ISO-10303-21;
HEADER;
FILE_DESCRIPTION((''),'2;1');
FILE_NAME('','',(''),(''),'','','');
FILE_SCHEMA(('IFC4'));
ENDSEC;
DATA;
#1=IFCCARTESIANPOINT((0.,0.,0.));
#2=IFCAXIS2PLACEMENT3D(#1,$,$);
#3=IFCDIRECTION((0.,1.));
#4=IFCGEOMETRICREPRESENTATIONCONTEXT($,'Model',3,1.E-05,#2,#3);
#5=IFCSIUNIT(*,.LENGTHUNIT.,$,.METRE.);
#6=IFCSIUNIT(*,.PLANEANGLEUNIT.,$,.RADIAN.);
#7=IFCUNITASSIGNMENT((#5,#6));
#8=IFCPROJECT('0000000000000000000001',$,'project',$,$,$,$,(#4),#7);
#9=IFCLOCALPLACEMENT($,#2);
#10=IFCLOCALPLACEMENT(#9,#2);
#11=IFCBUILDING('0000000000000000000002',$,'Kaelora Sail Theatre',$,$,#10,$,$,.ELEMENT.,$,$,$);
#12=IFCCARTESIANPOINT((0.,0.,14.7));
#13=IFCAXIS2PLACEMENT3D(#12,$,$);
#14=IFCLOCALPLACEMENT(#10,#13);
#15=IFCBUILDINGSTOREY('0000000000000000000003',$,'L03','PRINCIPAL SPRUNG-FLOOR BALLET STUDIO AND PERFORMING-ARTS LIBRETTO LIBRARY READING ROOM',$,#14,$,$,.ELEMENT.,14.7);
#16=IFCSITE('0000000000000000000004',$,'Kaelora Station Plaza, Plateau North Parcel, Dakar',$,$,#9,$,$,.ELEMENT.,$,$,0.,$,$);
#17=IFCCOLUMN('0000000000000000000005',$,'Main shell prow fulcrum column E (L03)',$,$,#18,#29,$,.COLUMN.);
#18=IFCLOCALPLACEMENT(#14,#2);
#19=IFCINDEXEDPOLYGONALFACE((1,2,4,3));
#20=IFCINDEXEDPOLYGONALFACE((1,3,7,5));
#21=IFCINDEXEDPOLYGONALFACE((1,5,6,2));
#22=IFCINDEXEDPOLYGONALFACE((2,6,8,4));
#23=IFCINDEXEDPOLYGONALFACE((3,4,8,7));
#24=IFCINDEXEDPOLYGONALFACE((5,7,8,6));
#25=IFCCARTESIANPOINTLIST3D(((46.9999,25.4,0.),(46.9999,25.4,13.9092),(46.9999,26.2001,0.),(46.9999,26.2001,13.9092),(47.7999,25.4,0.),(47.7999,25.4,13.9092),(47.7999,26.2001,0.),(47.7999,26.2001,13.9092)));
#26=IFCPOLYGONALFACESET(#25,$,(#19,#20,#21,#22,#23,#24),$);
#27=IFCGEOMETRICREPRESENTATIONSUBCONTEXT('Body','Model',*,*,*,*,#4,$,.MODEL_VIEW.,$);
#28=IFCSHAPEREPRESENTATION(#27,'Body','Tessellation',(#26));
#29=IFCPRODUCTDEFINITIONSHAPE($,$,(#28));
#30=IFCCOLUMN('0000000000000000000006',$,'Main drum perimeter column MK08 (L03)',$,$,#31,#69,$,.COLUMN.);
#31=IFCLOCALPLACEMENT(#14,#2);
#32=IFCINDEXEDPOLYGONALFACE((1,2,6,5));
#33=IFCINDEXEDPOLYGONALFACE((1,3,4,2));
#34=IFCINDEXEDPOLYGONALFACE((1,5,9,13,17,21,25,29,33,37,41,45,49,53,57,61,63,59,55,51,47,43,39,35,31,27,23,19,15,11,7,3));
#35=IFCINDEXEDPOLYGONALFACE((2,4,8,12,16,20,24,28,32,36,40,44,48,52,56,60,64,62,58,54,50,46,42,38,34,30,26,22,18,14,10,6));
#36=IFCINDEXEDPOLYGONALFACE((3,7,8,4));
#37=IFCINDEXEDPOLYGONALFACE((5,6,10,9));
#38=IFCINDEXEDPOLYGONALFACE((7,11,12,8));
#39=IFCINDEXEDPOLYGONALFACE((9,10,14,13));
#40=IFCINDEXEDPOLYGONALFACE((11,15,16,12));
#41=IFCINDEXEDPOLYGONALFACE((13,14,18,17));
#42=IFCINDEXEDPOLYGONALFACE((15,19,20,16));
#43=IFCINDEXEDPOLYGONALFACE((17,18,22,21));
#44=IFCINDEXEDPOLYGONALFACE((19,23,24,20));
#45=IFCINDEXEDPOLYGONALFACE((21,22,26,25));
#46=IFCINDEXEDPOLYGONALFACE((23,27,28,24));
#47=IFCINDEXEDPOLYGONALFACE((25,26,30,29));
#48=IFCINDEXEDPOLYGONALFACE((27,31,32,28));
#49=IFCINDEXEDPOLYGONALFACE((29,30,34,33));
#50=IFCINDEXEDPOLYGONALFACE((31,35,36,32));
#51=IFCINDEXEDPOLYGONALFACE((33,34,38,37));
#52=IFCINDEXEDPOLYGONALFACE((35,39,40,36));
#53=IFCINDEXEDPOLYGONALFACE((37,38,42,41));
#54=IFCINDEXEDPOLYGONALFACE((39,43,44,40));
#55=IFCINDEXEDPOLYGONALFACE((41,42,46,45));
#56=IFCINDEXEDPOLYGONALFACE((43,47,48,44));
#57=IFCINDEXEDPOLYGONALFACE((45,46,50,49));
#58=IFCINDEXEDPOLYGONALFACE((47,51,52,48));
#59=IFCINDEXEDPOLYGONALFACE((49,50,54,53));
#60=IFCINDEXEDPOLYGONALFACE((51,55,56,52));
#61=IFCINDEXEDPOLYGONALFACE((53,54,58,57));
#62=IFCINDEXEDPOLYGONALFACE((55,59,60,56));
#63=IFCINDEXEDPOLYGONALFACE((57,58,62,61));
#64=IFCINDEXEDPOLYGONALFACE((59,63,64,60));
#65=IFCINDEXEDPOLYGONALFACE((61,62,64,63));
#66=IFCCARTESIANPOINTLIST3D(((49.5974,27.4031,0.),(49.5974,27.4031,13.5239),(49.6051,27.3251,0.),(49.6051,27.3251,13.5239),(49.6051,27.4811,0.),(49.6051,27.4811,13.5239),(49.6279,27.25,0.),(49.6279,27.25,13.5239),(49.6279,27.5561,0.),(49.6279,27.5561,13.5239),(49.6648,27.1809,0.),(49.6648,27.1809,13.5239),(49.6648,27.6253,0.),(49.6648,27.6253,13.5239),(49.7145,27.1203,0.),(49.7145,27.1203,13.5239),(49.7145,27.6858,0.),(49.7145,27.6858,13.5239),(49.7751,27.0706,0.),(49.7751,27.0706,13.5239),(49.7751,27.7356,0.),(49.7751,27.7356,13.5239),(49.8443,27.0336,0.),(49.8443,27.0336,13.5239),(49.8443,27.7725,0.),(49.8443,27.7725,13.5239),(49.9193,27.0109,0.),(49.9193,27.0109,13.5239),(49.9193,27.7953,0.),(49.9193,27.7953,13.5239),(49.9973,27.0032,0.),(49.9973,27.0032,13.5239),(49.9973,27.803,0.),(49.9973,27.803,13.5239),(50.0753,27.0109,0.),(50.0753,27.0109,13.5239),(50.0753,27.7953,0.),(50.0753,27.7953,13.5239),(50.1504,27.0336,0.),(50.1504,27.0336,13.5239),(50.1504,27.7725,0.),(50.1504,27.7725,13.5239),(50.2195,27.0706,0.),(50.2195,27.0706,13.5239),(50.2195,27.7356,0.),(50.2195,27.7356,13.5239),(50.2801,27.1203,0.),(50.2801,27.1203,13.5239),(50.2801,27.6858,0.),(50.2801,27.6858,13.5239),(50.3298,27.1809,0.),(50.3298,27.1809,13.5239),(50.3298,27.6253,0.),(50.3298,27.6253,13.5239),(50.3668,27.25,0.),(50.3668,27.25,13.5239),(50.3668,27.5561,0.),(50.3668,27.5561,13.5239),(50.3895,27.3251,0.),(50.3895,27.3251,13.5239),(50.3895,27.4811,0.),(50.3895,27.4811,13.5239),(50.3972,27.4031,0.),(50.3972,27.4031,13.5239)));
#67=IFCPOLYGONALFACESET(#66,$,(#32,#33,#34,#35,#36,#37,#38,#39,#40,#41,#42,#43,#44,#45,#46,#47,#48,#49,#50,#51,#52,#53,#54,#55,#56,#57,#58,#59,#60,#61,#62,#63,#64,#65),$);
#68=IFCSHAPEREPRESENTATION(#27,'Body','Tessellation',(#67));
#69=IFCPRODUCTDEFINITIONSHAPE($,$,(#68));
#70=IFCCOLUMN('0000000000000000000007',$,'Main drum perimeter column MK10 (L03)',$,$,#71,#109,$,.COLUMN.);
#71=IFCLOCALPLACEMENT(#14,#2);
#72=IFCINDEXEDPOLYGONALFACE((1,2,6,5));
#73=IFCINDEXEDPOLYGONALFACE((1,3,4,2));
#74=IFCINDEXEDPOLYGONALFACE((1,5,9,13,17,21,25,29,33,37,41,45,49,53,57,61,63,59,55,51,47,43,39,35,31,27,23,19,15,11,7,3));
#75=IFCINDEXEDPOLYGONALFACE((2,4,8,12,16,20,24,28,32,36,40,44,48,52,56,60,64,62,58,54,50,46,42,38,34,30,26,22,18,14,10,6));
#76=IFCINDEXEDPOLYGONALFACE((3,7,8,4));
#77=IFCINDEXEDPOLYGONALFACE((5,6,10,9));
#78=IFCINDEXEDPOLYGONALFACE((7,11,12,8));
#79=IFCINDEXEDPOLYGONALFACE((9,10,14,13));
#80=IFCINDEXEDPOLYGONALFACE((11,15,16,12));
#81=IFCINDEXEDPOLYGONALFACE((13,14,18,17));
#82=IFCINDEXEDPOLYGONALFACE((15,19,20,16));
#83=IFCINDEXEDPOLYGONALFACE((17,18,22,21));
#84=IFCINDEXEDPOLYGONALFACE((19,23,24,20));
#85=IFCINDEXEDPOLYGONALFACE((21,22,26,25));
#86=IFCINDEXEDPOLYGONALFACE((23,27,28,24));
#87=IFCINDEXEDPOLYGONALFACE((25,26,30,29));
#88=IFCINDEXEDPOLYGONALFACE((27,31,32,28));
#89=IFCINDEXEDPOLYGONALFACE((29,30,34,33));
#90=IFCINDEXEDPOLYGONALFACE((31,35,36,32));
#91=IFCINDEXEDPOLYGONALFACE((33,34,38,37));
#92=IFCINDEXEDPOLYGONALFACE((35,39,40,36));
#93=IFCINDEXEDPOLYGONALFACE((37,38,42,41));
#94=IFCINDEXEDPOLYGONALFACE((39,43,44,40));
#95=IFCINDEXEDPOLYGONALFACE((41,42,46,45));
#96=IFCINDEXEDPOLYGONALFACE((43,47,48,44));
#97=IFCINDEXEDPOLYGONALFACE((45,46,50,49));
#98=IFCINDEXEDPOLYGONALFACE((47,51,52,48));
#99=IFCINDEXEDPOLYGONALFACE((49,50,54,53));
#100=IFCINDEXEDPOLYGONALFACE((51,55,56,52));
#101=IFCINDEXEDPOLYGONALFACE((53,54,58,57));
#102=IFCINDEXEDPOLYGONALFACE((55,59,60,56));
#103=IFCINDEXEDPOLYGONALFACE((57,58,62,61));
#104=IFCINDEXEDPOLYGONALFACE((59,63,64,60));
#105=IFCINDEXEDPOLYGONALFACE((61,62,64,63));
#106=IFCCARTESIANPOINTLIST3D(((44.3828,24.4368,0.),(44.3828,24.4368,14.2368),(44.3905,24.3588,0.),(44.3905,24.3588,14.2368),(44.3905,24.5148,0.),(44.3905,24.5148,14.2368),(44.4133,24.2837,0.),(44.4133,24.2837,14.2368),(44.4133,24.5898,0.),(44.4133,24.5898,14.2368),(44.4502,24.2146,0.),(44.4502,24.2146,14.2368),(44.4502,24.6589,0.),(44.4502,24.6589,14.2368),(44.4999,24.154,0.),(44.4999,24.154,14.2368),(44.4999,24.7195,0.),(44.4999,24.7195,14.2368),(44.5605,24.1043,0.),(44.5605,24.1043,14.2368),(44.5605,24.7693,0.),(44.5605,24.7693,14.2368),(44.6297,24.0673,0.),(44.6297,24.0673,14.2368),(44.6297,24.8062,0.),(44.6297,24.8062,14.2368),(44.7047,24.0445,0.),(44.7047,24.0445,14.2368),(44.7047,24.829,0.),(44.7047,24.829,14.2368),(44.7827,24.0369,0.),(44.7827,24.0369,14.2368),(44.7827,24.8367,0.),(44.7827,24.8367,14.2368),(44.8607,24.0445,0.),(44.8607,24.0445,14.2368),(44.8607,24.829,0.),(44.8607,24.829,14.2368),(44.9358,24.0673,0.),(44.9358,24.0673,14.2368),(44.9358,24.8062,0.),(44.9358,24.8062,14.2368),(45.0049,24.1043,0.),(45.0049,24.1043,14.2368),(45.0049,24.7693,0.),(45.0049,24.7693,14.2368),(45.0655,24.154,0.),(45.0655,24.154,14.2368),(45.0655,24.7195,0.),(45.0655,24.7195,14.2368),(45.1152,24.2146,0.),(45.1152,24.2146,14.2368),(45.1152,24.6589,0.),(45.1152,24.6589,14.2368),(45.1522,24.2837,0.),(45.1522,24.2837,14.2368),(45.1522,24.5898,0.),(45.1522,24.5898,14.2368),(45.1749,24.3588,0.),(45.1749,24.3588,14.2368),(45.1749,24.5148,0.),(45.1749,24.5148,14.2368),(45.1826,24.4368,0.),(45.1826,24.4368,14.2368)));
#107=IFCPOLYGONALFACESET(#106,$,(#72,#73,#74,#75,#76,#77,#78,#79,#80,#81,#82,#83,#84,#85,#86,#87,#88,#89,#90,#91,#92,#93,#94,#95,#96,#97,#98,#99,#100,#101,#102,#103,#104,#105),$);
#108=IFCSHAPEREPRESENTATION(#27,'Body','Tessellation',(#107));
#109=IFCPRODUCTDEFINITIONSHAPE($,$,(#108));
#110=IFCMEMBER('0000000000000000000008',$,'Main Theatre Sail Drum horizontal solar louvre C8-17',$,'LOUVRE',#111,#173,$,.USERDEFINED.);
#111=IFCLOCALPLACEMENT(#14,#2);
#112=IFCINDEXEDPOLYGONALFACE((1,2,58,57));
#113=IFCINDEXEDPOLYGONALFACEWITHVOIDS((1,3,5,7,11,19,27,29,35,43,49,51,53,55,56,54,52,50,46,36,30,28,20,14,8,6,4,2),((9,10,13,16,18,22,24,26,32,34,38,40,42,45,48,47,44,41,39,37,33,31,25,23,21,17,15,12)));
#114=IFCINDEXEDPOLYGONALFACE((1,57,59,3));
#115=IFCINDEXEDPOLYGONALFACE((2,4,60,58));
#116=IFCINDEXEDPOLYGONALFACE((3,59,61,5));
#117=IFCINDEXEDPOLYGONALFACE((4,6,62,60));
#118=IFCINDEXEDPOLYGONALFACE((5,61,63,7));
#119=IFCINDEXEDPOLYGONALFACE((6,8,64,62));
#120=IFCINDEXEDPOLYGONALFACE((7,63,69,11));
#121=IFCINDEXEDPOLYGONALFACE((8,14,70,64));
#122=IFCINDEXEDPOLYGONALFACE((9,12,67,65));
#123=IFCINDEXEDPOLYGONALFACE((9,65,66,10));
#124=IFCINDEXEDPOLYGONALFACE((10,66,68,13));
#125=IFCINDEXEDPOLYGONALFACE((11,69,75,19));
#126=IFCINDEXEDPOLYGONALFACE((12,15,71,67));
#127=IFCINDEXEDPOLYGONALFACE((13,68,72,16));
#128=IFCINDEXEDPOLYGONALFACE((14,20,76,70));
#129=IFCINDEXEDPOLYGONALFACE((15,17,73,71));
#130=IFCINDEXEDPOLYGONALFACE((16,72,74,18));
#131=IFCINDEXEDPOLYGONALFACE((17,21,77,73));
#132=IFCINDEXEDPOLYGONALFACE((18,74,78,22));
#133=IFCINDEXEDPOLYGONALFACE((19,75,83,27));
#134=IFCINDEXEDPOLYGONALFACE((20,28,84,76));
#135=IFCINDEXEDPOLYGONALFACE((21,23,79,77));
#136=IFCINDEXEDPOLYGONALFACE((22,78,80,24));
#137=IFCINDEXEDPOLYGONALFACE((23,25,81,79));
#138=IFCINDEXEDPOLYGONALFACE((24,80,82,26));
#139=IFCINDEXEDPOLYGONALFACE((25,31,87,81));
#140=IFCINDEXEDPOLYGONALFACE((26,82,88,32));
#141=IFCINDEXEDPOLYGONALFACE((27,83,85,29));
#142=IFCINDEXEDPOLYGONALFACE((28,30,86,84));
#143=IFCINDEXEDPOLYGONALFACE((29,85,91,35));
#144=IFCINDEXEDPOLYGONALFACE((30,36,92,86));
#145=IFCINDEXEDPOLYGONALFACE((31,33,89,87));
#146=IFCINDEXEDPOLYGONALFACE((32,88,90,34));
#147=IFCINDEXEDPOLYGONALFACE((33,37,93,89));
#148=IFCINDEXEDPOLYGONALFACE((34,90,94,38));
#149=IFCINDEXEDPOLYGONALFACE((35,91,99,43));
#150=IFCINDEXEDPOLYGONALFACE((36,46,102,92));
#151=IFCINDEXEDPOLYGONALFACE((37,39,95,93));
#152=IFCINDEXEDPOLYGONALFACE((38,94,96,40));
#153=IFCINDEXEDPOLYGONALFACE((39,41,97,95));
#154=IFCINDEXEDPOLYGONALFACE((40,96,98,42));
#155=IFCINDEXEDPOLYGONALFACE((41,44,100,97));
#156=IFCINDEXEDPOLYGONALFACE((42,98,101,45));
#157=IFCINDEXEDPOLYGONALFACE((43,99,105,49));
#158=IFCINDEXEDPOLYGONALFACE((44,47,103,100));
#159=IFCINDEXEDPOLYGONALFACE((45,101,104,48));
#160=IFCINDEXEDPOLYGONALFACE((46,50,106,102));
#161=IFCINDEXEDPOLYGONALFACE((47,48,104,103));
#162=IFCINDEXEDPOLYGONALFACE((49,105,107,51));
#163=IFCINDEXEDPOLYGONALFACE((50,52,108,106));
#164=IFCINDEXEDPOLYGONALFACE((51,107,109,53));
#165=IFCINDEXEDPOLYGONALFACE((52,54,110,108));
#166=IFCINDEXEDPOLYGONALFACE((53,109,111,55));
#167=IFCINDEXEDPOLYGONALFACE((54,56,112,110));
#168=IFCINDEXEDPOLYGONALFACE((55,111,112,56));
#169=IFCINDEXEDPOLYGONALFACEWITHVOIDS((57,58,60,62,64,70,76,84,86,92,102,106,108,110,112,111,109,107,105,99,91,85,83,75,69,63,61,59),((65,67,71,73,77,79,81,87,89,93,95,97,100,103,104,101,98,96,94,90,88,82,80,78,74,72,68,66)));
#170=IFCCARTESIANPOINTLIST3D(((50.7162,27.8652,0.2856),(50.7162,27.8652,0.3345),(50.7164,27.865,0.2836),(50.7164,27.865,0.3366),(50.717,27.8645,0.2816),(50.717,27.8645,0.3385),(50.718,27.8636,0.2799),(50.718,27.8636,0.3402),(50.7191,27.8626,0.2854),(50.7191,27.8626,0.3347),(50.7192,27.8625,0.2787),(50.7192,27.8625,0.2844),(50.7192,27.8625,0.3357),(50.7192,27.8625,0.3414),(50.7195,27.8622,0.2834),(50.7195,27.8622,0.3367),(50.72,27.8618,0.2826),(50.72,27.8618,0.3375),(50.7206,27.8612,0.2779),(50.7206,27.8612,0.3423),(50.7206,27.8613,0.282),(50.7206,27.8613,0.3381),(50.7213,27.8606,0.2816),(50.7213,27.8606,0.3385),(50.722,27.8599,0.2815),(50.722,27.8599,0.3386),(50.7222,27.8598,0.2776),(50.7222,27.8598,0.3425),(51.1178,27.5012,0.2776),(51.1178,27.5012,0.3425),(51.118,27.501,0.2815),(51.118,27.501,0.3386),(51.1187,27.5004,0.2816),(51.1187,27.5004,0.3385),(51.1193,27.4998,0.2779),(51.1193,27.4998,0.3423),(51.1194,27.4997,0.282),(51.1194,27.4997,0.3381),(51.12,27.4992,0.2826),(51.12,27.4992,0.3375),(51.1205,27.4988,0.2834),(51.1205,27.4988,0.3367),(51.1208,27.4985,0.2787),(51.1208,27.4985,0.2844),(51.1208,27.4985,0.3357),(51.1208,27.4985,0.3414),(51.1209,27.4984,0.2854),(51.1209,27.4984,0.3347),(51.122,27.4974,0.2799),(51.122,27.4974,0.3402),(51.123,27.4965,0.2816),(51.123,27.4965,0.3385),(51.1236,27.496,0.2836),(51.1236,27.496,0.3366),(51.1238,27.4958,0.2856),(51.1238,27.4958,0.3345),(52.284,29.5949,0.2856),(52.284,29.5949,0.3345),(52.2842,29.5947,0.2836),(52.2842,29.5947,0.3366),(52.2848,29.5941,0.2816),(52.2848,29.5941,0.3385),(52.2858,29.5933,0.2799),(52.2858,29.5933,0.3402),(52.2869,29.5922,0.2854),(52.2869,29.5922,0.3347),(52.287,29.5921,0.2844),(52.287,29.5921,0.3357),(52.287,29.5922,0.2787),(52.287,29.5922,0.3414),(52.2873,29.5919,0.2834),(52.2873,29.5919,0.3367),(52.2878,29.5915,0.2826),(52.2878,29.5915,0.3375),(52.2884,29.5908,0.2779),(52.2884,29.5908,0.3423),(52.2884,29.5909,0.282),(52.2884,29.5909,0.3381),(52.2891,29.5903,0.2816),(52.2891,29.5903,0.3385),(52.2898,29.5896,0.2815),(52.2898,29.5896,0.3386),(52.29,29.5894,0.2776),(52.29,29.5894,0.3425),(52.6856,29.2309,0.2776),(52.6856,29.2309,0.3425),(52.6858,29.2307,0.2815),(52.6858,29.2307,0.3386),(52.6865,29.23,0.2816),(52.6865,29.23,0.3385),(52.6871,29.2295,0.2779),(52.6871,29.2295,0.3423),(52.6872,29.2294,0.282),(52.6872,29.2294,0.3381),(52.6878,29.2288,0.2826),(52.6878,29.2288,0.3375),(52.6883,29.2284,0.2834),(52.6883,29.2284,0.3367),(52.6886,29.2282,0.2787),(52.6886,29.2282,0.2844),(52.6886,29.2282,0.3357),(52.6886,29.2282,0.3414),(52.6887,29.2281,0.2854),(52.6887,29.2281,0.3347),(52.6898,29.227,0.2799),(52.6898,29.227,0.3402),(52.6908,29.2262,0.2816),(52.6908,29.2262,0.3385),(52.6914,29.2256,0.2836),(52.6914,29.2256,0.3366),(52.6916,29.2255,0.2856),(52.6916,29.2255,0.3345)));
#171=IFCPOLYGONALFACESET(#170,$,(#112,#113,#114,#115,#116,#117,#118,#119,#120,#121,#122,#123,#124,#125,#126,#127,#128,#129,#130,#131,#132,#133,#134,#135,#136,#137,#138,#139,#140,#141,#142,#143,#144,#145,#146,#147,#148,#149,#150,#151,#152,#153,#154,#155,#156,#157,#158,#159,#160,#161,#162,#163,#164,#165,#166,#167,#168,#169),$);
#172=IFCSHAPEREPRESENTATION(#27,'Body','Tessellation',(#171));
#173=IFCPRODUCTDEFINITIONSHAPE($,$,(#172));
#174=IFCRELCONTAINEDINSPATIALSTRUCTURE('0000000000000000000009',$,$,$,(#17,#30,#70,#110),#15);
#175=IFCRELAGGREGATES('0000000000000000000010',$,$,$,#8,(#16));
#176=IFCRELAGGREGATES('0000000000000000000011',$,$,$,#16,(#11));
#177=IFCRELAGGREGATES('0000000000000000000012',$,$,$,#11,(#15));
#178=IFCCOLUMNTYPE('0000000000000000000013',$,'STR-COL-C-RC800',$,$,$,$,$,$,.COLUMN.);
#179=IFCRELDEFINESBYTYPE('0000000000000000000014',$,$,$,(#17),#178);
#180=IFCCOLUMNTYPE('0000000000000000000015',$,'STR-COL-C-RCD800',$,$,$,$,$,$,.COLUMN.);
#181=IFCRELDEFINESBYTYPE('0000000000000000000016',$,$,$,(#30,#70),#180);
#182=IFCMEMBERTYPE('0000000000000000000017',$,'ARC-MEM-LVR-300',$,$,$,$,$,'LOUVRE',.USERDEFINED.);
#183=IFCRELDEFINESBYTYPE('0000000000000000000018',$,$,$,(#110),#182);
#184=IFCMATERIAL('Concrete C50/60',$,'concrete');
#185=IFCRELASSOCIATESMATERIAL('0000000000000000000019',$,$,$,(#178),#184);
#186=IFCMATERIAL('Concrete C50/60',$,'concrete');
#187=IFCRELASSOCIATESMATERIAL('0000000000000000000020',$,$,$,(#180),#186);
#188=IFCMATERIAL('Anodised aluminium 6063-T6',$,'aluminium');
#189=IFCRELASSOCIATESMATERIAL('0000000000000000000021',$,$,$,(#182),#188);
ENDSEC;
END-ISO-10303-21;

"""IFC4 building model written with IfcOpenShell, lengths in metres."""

from ifc_helpers import new_model, si_unit, direction, frame, origin, origin_2d, place, context, subcontext, project, spatial, rectangle, hollow_rectangle, circle, extrude, material, material_profile, profile_set, type_object, element, save


model = new_model("IFC4")

# Units and contexts
model_context = context("Model", 3, precision=1e-05, world=origin(), true_north=direction((0.0, 1.0)))
body_context = subcontext(model_context, "Body", "Model", "MODEL_VIEW")
ifc_project = project(units=[si_unit("LENGTHUNIT", "METRE"), si_unit("PLANEANGLEUNIT", "RADIAN")], contexts=[model_context])

# Site, building, storey
site_placement = place(None, origin())
site = spatial("IfcSite", under=ifc_project, at=site_placement, Name="Kaelora Station Plaza, Plateau North Parcel, Dakar", CompositionType="ELEMENT", RefElevation=0.0)
building_placement = place(site_placement, origin())
building = spatial("IfcBuilding", under=site, at=building_placement, Name="Kaelora Sail Theatre", CompositionType="ELEMENT")
storey_placement = place(building_placement, frame((0.0, 0.0, 14.7)))
storey = spatial("IfcBuildingStorey", under=building, at=storey_placement, Name="L03", Description="PRINCIPAL SPRUNG-FLOOR BALLET STUDIO AND PERFORMING-ARTS LIBRETTO LIBRARY READING ROOM", CompositionType="ELEMENT", Elevation=14.7)

# Columns
ifc_material_1 = material(Name="Concrete C50/60", Category="concrete")
ifc_material_profile_1 = material_profile(ifc_material_1, rectangle(XDim=0.8, YDim=0.8, at=origin_2d()), Name="RC-COL 800x800")
ifc_profile_set_1 = profile_set([ifc_material_profile_1], Name="Concrete C50/60")
column_type_1 = type_object("IfcColumnType", Name="STR-COL-C-RC800", PredefinedType="COLUMN", material=ifc_profile_set_1)
column_1_placement = place(storey_placement, frame((47.3999, 25.8, 0.0), z_axis=(0.0, 0.0, 1.0), x_axis=(1.0, 0.0, 0.0)))
element("IfcColumn", 1, at=column_1_placement, inside=storey, type_object=column_type_1, Name="Main shell prow fulcrum column E (L03)", PredefinedType="COLUMN", context=body_context, shape_type="SweptSolid", body=[
    extrude(rectangle(XDim=0.8, YDim=0.8, at=origin_2d()), origin(), (0.0, 0.0, 1.0), 13.9092),
])
ifc_material_2 = material(Name="Concrete C50/60", Category="concrete")
ifc_material_profile_2 = material_profile(ifc_material_2, circle(Radius=0.3999, at=origin_2d()), Name="RC-CCOL D800")
ifc_profile_set_2 = profile_set([ifc_material_profile_2], Name="Concrete C50/60")
column_type_2 = type_object("IfcColumnType", Name="STR-COL-C-RCD800", PredefinedType="COLUMN", material=ifc_profile_set_2)
column_2_placement = place(storey_placement, frame((49.9973, 27.4031, 0.0), z_axis=(0.0, 0.0, 1.0), x_axis=(1.0, 0.0, 0.0)))
element("IfcColumn", 2, at=column_2_placement, inside=storey, type_object=column_type_2, Name="Main drum perimeter column MK08 (L03)", PredefinedType="COLUMN", context=body_context, shape_type="SweptSolid", body=[
    extrude(circle(Radius=0.3999, at=origin_2d()), origin(), (0.0, 0.0, 1.0), 13.5239),
])
column_3_placement = place(storey_placement, frame((44.7827, 24.4368, 0.0), z_axis=(0.0, 0.0, 1.0), x_axis=(1.0, 0.0, 0.0)))
element("IfcColumn", 3, at=column_3_placement, inside=storey, type_object=column_type_2, Name="Main drum perimeter column MK10 (L03)", PredefinedType="COLUMN", context=body_context, shape_type="SweptSolid", body=[
    extrude(circle(Radius=0.3999, at=origin_2d()), origin(), (0.0, 0.0, 1.0), 14.2368),
])

# Member
ifc_material_3 = material(Name="Anodised aluminium 6063-T6", Category="aluminium")
ifc_material_profile_3 = material_profile(ifc_material_3, hollow_rectangle(XDim=0.55, YDim=0.0649, WallThickness=0.0039, InnerFilletRadius=0.0039, OuterFilletRadius=0.0081, at=origin_2d()), Name="LOUVRE 550x65x4")
ifc_profile_set_3 = profile_set([ifc_material_profile_3], Name="Anodised aluminium 6063-T6")
member_type = type_object("IfcMemberType", Name="ARC-MEM-LVR-300", ElementType="LOUVRE", PredefinedType="USERDEFINED", material=ifc_profile_set_3)
for number, where, z_axis, x_axis, name in (
    (4, (52.4878, 29.4102, 0.3101), (-0.671589, -0.740924, 0.0), (0.740924, -0.671589, 0.0), "Main Theatre Sail Drum horizontal solar louvre C8-17"),
):
    element("IfcMember", number, at=place(storey_placement, frame(where, z_axis=z_axis, x_axis=x_axis)), inside=storey, type_object=member_type, Name=name, ObjectType="LOUVRE", PredefinedType="USERDEFINED", context=body_context, shape_type="SweptSolid", body=[
        extrude(hollow_rectangle(XDim=0.55, YDim=0.0649, WallThickness=0.0039, InnerFilletRadius=0.0039, OuterFilletRadius=0.0081, at=origin_2d()), origin(), (0.0, 0.0, 1.0), 2.3345),
    ])

save(model, "model.ifc")
